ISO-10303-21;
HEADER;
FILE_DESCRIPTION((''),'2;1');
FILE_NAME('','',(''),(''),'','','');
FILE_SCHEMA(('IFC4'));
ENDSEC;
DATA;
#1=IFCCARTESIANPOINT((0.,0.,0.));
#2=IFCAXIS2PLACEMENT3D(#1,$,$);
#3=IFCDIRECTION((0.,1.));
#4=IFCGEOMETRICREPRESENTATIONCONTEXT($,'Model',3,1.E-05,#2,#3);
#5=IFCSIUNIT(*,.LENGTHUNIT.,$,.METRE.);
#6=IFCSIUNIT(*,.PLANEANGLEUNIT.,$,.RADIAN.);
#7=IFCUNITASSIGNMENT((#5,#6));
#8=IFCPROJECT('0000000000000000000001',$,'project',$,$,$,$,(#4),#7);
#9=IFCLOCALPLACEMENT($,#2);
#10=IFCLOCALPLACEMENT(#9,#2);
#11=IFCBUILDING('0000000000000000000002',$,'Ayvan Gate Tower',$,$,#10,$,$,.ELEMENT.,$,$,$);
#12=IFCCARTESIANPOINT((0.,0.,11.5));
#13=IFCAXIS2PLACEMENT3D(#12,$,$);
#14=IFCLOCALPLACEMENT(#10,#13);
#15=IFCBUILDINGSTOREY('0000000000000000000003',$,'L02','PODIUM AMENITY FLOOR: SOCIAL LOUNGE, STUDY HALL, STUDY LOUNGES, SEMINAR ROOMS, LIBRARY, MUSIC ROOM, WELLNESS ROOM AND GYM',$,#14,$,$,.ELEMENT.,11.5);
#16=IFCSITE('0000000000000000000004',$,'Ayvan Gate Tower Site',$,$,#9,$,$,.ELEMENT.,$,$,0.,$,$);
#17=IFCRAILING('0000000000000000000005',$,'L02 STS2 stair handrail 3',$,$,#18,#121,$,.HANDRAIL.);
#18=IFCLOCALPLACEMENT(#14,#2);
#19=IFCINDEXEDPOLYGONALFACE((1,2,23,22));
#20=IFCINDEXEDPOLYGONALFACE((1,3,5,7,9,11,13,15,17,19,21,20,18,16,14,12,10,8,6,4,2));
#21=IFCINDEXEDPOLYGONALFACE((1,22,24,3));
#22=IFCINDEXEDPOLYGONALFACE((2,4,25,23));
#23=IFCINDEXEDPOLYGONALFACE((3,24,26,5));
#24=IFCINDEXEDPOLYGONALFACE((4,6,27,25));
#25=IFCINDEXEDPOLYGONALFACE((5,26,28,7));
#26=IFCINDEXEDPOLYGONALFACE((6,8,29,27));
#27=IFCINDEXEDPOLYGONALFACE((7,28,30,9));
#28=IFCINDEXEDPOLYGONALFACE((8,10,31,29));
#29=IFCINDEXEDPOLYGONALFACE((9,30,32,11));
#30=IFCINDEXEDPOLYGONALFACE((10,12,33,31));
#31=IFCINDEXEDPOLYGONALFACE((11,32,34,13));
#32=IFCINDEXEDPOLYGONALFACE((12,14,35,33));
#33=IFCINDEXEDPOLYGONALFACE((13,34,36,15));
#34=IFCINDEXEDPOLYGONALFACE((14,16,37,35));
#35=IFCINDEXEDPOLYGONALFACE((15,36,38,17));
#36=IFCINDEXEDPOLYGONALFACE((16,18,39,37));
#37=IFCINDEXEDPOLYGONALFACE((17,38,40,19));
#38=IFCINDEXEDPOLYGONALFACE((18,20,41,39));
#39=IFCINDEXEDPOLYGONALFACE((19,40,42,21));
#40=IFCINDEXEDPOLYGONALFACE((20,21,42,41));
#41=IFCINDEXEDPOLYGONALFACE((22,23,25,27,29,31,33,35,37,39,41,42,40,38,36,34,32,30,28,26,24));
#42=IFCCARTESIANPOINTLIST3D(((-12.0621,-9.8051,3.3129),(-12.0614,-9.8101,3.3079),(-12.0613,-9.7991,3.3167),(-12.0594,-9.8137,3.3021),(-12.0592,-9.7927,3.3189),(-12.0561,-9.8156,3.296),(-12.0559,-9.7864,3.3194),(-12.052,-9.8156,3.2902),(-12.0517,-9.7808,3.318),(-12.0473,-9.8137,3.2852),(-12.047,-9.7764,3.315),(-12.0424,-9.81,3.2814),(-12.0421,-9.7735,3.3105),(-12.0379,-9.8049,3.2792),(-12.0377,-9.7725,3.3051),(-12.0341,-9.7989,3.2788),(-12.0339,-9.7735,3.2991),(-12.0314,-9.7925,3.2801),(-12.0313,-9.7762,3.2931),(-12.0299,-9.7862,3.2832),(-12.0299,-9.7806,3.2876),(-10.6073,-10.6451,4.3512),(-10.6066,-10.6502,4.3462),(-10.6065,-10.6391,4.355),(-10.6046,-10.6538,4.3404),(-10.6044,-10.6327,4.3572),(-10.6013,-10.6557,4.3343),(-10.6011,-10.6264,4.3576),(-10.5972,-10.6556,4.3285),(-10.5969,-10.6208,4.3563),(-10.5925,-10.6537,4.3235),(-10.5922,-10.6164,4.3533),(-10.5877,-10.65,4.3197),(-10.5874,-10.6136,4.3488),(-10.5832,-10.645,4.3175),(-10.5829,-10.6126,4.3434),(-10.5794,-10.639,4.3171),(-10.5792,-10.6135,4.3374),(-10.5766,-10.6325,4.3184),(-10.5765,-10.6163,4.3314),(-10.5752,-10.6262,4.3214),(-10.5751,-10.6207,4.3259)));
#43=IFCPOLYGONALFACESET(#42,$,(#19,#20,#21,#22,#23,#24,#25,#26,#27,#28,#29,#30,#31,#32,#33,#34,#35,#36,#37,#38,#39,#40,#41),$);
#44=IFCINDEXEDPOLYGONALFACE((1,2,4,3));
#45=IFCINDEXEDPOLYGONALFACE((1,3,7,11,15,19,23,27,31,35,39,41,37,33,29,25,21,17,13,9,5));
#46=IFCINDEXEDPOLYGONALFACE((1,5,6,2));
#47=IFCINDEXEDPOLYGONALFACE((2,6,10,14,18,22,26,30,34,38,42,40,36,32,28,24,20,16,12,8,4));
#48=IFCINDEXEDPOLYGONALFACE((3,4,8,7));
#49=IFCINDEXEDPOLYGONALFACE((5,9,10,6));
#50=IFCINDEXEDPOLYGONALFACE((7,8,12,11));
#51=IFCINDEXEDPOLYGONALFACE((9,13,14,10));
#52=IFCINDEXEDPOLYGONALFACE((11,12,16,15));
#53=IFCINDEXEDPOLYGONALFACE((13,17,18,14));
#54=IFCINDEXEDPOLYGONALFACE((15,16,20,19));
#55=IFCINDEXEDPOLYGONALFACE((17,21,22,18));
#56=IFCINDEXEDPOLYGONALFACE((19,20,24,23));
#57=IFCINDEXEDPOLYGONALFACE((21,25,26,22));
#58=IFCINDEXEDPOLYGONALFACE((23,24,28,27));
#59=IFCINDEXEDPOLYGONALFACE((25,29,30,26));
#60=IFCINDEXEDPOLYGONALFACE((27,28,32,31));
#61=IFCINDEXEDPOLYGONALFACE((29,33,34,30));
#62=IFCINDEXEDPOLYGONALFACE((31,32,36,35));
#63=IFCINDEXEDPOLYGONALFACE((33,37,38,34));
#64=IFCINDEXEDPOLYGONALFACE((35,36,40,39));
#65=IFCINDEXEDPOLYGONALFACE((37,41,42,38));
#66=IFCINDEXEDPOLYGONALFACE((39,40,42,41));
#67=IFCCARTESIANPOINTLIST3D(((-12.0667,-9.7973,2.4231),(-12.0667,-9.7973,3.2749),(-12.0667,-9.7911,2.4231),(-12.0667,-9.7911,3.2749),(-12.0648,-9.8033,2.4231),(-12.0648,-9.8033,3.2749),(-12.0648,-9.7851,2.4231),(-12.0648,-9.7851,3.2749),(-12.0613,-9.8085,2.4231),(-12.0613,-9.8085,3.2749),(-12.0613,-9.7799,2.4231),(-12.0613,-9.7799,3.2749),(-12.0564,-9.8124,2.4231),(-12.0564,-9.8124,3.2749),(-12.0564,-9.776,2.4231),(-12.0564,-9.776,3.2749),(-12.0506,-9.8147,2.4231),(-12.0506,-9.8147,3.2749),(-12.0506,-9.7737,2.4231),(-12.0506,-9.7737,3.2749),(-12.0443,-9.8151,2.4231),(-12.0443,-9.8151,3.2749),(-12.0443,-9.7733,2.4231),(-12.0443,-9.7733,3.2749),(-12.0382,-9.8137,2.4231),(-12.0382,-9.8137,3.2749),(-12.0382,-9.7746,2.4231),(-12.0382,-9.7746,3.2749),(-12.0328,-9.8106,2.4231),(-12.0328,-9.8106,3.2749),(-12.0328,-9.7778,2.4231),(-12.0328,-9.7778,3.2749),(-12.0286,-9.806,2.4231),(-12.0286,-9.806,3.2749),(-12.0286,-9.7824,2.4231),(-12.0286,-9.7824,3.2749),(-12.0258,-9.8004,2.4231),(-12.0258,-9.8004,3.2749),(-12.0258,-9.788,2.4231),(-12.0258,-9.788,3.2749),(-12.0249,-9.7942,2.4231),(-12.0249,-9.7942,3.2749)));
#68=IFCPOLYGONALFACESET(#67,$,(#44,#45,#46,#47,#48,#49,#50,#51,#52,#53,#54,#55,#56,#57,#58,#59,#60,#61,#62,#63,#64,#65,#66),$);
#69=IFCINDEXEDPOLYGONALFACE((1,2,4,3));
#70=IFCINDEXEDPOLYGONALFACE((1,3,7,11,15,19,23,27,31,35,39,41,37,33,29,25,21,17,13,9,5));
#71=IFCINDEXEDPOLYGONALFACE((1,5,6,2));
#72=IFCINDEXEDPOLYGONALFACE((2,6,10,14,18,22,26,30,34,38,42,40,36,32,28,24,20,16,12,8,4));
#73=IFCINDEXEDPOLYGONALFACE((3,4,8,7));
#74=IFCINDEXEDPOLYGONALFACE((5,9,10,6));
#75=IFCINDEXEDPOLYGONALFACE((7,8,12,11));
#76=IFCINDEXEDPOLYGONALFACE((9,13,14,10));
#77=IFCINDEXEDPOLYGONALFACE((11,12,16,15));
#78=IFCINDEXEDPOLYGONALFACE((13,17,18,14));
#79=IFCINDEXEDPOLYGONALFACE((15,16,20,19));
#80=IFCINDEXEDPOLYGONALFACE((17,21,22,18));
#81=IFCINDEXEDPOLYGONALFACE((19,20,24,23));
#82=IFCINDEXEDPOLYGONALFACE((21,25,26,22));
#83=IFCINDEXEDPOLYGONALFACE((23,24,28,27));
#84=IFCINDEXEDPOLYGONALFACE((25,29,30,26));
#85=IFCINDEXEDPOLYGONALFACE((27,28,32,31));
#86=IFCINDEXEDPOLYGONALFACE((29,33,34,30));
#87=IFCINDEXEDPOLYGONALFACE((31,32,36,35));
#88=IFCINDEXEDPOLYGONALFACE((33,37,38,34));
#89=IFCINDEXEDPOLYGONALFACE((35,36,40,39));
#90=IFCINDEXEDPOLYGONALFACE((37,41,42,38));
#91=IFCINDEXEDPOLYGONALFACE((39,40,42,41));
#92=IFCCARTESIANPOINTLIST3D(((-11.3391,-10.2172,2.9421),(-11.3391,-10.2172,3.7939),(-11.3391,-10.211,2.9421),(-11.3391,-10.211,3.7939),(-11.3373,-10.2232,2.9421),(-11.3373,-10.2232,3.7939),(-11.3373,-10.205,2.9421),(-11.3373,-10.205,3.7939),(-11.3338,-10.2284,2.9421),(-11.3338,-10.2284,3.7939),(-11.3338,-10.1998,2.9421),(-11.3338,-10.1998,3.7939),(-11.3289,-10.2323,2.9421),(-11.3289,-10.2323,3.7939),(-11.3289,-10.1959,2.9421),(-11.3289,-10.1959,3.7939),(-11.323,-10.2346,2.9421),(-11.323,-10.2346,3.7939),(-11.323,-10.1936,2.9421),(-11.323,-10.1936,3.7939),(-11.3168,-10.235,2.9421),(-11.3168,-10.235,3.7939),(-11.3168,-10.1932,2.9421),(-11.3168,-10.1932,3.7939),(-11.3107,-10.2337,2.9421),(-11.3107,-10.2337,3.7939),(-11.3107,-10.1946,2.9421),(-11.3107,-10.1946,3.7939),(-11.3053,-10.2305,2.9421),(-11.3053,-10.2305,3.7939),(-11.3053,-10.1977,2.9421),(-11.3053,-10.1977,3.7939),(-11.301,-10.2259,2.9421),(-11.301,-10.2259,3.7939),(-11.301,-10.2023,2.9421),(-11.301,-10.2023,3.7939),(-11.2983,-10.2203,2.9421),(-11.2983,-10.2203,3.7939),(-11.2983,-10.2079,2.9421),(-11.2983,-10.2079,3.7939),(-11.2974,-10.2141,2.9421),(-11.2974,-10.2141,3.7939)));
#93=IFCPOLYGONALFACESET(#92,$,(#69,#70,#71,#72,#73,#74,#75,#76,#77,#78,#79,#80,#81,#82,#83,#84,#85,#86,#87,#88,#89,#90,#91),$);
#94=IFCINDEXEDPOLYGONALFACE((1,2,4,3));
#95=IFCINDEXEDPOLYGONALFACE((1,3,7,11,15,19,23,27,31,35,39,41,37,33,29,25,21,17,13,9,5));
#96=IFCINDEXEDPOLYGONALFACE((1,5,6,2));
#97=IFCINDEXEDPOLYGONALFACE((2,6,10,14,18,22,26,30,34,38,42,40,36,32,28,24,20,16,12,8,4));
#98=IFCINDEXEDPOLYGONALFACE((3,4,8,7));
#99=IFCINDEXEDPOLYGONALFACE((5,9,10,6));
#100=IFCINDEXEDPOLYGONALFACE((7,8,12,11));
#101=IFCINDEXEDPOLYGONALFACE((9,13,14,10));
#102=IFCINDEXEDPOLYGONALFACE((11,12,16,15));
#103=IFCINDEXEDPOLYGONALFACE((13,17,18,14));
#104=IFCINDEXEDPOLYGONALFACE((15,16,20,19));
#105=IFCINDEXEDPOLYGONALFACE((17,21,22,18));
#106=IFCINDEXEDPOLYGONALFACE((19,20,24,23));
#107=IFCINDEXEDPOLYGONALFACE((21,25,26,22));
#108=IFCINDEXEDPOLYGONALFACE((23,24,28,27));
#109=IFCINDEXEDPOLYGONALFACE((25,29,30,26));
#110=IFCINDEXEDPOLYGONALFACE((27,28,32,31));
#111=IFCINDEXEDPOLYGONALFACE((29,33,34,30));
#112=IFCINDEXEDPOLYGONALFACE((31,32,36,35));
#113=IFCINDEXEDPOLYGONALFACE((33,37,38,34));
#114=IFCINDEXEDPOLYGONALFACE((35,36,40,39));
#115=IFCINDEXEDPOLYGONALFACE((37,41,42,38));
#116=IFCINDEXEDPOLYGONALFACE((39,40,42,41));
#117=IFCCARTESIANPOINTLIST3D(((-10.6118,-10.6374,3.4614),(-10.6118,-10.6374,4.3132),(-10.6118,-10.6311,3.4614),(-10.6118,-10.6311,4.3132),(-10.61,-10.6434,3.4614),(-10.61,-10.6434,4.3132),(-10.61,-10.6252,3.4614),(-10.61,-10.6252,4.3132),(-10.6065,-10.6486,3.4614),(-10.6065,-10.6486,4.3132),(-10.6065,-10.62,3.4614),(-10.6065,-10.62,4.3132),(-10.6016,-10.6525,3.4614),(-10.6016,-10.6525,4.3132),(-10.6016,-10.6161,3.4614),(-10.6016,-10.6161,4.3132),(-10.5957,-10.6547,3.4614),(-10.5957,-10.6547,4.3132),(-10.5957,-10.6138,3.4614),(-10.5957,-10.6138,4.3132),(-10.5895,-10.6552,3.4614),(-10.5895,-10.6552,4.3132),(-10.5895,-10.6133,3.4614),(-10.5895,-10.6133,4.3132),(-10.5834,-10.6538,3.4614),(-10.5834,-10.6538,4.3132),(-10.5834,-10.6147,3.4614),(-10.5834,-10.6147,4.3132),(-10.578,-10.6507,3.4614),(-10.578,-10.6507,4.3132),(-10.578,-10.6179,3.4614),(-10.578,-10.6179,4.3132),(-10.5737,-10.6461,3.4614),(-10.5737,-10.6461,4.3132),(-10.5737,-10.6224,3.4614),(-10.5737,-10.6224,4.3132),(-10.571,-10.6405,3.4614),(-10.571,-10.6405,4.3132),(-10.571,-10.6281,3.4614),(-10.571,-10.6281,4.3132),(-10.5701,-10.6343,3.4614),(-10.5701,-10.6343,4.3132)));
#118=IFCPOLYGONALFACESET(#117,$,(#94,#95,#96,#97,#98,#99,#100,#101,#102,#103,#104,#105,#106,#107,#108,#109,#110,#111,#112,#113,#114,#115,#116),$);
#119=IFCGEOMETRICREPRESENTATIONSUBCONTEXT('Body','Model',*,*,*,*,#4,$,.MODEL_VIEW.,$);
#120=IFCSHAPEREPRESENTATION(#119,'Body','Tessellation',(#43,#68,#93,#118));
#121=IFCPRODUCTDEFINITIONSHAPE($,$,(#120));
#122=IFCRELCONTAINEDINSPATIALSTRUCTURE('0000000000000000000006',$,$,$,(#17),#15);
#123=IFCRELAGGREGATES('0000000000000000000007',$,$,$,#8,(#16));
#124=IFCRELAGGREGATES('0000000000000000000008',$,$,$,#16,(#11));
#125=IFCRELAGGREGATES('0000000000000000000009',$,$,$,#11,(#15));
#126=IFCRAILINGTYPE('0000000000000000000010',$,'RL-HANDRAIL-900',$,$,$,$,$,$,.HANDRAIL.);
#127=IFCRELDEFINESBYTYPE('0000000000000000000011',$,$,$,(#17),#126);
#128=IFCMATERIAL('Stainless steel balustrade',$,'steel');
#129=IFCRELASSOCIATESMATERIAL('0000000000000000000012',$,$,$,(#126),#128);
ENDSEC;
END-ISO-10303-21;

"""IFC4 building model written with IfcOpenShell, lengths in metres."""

from ifc_helpers import new_model, si_unit, direction, frame, origin, origin_2d, place, context, subcontext, project, spatial, circle, extrude, material, type_object, element, save


model = new_model("IFC4")

# Units and contexts
model_context = context("Model", 3, precision=1e-05, world=origin(), true_north=direction((0.0, 1.0)))
body_context = subcontext(model_context, "Body", "Model", "MODEL_VIEW")
ifc_project = project(units=[si_unit("LENGTHUNIT", "METRE"), si_unit("PLANEANGLEUNIT", "RADIAN")], contexts=[model_context])

# Site, building, storey
site_placement = place(None, origin())
site = spatial("IfcSite", under=ifc_project, at=site_placement, Name="Ayvan Gate Tower Site", CompositionType="ELEMENT", RefElevation=0.0)
building_placement = place(site_placement, origin())
building = spatial("IfcBuilding", under=site, at=building_placement, Name="Ayvan Gate Tower", CompositionType="ELEMENT")
storey_placement = place(building_placement, frame((0.0, 0.0, 11.5)))
storey = spatial("IfcBuildingStorey", under=building, at=storey_placement, Name="L02", Description="PODIUM AMENITY FLOOR: SOCIAL LOUNGE, STUDY HALL, STUDY LOUNGES, SEMINAR ROOMS, LIBRARY, MUSIC ROOM, WELLNESS ROOM AND GYM", CompositionType="ELEMENT", Elevation=11.5)

# Railing
ifc_material_1 = material(Name="Stainless steel balustrade", Category="steel")
railing_type_1 = type_object("IfcRailingType", Name="RL-HANDRAIL-900", PredefinedType="HANDRAIL", material=ifc_material_1)
railing_1_placement = place(storey_placement, frame((-12.0459, -9.7942, 2.4231)))
element("IfcRailing", 1, at=railing_1_placement, inside=storey, type_object=railing_type_1, Name="L02 STS2 stair handrail 3", PredefinedType="HANDRAIL", context=body_context, shape_type="SweptSolid", body=[
    extrude(circle(Radius=0.0239, at=origin_2d()), frame((0.0, 0.0, 0.876), z_axis=(0.736644, -0.425372, 0.525751), x_axis=(0.500062, 0.86599, 0.0)), (0.0, 0.0, 1.0), 1.9749),
    extrude(circle(Radius=0.021, at=origin_2d()), origin(), (0.0, 0.0, 1.0), 0.8518),
    extrude(circle(Radius=0.021, at=origin_2d()), frame((0.7275, -0.4199, 0.519)), (0.0, 0.0, 1.0), 0.8518),
    extrude(circle(Radius=0.021, at=origin_2d()), frame((1.4548, -0.8401, 1.0383)), (0.0, 0.0, 1.0), 0.8518),
])

save(model, "model.ifc")
